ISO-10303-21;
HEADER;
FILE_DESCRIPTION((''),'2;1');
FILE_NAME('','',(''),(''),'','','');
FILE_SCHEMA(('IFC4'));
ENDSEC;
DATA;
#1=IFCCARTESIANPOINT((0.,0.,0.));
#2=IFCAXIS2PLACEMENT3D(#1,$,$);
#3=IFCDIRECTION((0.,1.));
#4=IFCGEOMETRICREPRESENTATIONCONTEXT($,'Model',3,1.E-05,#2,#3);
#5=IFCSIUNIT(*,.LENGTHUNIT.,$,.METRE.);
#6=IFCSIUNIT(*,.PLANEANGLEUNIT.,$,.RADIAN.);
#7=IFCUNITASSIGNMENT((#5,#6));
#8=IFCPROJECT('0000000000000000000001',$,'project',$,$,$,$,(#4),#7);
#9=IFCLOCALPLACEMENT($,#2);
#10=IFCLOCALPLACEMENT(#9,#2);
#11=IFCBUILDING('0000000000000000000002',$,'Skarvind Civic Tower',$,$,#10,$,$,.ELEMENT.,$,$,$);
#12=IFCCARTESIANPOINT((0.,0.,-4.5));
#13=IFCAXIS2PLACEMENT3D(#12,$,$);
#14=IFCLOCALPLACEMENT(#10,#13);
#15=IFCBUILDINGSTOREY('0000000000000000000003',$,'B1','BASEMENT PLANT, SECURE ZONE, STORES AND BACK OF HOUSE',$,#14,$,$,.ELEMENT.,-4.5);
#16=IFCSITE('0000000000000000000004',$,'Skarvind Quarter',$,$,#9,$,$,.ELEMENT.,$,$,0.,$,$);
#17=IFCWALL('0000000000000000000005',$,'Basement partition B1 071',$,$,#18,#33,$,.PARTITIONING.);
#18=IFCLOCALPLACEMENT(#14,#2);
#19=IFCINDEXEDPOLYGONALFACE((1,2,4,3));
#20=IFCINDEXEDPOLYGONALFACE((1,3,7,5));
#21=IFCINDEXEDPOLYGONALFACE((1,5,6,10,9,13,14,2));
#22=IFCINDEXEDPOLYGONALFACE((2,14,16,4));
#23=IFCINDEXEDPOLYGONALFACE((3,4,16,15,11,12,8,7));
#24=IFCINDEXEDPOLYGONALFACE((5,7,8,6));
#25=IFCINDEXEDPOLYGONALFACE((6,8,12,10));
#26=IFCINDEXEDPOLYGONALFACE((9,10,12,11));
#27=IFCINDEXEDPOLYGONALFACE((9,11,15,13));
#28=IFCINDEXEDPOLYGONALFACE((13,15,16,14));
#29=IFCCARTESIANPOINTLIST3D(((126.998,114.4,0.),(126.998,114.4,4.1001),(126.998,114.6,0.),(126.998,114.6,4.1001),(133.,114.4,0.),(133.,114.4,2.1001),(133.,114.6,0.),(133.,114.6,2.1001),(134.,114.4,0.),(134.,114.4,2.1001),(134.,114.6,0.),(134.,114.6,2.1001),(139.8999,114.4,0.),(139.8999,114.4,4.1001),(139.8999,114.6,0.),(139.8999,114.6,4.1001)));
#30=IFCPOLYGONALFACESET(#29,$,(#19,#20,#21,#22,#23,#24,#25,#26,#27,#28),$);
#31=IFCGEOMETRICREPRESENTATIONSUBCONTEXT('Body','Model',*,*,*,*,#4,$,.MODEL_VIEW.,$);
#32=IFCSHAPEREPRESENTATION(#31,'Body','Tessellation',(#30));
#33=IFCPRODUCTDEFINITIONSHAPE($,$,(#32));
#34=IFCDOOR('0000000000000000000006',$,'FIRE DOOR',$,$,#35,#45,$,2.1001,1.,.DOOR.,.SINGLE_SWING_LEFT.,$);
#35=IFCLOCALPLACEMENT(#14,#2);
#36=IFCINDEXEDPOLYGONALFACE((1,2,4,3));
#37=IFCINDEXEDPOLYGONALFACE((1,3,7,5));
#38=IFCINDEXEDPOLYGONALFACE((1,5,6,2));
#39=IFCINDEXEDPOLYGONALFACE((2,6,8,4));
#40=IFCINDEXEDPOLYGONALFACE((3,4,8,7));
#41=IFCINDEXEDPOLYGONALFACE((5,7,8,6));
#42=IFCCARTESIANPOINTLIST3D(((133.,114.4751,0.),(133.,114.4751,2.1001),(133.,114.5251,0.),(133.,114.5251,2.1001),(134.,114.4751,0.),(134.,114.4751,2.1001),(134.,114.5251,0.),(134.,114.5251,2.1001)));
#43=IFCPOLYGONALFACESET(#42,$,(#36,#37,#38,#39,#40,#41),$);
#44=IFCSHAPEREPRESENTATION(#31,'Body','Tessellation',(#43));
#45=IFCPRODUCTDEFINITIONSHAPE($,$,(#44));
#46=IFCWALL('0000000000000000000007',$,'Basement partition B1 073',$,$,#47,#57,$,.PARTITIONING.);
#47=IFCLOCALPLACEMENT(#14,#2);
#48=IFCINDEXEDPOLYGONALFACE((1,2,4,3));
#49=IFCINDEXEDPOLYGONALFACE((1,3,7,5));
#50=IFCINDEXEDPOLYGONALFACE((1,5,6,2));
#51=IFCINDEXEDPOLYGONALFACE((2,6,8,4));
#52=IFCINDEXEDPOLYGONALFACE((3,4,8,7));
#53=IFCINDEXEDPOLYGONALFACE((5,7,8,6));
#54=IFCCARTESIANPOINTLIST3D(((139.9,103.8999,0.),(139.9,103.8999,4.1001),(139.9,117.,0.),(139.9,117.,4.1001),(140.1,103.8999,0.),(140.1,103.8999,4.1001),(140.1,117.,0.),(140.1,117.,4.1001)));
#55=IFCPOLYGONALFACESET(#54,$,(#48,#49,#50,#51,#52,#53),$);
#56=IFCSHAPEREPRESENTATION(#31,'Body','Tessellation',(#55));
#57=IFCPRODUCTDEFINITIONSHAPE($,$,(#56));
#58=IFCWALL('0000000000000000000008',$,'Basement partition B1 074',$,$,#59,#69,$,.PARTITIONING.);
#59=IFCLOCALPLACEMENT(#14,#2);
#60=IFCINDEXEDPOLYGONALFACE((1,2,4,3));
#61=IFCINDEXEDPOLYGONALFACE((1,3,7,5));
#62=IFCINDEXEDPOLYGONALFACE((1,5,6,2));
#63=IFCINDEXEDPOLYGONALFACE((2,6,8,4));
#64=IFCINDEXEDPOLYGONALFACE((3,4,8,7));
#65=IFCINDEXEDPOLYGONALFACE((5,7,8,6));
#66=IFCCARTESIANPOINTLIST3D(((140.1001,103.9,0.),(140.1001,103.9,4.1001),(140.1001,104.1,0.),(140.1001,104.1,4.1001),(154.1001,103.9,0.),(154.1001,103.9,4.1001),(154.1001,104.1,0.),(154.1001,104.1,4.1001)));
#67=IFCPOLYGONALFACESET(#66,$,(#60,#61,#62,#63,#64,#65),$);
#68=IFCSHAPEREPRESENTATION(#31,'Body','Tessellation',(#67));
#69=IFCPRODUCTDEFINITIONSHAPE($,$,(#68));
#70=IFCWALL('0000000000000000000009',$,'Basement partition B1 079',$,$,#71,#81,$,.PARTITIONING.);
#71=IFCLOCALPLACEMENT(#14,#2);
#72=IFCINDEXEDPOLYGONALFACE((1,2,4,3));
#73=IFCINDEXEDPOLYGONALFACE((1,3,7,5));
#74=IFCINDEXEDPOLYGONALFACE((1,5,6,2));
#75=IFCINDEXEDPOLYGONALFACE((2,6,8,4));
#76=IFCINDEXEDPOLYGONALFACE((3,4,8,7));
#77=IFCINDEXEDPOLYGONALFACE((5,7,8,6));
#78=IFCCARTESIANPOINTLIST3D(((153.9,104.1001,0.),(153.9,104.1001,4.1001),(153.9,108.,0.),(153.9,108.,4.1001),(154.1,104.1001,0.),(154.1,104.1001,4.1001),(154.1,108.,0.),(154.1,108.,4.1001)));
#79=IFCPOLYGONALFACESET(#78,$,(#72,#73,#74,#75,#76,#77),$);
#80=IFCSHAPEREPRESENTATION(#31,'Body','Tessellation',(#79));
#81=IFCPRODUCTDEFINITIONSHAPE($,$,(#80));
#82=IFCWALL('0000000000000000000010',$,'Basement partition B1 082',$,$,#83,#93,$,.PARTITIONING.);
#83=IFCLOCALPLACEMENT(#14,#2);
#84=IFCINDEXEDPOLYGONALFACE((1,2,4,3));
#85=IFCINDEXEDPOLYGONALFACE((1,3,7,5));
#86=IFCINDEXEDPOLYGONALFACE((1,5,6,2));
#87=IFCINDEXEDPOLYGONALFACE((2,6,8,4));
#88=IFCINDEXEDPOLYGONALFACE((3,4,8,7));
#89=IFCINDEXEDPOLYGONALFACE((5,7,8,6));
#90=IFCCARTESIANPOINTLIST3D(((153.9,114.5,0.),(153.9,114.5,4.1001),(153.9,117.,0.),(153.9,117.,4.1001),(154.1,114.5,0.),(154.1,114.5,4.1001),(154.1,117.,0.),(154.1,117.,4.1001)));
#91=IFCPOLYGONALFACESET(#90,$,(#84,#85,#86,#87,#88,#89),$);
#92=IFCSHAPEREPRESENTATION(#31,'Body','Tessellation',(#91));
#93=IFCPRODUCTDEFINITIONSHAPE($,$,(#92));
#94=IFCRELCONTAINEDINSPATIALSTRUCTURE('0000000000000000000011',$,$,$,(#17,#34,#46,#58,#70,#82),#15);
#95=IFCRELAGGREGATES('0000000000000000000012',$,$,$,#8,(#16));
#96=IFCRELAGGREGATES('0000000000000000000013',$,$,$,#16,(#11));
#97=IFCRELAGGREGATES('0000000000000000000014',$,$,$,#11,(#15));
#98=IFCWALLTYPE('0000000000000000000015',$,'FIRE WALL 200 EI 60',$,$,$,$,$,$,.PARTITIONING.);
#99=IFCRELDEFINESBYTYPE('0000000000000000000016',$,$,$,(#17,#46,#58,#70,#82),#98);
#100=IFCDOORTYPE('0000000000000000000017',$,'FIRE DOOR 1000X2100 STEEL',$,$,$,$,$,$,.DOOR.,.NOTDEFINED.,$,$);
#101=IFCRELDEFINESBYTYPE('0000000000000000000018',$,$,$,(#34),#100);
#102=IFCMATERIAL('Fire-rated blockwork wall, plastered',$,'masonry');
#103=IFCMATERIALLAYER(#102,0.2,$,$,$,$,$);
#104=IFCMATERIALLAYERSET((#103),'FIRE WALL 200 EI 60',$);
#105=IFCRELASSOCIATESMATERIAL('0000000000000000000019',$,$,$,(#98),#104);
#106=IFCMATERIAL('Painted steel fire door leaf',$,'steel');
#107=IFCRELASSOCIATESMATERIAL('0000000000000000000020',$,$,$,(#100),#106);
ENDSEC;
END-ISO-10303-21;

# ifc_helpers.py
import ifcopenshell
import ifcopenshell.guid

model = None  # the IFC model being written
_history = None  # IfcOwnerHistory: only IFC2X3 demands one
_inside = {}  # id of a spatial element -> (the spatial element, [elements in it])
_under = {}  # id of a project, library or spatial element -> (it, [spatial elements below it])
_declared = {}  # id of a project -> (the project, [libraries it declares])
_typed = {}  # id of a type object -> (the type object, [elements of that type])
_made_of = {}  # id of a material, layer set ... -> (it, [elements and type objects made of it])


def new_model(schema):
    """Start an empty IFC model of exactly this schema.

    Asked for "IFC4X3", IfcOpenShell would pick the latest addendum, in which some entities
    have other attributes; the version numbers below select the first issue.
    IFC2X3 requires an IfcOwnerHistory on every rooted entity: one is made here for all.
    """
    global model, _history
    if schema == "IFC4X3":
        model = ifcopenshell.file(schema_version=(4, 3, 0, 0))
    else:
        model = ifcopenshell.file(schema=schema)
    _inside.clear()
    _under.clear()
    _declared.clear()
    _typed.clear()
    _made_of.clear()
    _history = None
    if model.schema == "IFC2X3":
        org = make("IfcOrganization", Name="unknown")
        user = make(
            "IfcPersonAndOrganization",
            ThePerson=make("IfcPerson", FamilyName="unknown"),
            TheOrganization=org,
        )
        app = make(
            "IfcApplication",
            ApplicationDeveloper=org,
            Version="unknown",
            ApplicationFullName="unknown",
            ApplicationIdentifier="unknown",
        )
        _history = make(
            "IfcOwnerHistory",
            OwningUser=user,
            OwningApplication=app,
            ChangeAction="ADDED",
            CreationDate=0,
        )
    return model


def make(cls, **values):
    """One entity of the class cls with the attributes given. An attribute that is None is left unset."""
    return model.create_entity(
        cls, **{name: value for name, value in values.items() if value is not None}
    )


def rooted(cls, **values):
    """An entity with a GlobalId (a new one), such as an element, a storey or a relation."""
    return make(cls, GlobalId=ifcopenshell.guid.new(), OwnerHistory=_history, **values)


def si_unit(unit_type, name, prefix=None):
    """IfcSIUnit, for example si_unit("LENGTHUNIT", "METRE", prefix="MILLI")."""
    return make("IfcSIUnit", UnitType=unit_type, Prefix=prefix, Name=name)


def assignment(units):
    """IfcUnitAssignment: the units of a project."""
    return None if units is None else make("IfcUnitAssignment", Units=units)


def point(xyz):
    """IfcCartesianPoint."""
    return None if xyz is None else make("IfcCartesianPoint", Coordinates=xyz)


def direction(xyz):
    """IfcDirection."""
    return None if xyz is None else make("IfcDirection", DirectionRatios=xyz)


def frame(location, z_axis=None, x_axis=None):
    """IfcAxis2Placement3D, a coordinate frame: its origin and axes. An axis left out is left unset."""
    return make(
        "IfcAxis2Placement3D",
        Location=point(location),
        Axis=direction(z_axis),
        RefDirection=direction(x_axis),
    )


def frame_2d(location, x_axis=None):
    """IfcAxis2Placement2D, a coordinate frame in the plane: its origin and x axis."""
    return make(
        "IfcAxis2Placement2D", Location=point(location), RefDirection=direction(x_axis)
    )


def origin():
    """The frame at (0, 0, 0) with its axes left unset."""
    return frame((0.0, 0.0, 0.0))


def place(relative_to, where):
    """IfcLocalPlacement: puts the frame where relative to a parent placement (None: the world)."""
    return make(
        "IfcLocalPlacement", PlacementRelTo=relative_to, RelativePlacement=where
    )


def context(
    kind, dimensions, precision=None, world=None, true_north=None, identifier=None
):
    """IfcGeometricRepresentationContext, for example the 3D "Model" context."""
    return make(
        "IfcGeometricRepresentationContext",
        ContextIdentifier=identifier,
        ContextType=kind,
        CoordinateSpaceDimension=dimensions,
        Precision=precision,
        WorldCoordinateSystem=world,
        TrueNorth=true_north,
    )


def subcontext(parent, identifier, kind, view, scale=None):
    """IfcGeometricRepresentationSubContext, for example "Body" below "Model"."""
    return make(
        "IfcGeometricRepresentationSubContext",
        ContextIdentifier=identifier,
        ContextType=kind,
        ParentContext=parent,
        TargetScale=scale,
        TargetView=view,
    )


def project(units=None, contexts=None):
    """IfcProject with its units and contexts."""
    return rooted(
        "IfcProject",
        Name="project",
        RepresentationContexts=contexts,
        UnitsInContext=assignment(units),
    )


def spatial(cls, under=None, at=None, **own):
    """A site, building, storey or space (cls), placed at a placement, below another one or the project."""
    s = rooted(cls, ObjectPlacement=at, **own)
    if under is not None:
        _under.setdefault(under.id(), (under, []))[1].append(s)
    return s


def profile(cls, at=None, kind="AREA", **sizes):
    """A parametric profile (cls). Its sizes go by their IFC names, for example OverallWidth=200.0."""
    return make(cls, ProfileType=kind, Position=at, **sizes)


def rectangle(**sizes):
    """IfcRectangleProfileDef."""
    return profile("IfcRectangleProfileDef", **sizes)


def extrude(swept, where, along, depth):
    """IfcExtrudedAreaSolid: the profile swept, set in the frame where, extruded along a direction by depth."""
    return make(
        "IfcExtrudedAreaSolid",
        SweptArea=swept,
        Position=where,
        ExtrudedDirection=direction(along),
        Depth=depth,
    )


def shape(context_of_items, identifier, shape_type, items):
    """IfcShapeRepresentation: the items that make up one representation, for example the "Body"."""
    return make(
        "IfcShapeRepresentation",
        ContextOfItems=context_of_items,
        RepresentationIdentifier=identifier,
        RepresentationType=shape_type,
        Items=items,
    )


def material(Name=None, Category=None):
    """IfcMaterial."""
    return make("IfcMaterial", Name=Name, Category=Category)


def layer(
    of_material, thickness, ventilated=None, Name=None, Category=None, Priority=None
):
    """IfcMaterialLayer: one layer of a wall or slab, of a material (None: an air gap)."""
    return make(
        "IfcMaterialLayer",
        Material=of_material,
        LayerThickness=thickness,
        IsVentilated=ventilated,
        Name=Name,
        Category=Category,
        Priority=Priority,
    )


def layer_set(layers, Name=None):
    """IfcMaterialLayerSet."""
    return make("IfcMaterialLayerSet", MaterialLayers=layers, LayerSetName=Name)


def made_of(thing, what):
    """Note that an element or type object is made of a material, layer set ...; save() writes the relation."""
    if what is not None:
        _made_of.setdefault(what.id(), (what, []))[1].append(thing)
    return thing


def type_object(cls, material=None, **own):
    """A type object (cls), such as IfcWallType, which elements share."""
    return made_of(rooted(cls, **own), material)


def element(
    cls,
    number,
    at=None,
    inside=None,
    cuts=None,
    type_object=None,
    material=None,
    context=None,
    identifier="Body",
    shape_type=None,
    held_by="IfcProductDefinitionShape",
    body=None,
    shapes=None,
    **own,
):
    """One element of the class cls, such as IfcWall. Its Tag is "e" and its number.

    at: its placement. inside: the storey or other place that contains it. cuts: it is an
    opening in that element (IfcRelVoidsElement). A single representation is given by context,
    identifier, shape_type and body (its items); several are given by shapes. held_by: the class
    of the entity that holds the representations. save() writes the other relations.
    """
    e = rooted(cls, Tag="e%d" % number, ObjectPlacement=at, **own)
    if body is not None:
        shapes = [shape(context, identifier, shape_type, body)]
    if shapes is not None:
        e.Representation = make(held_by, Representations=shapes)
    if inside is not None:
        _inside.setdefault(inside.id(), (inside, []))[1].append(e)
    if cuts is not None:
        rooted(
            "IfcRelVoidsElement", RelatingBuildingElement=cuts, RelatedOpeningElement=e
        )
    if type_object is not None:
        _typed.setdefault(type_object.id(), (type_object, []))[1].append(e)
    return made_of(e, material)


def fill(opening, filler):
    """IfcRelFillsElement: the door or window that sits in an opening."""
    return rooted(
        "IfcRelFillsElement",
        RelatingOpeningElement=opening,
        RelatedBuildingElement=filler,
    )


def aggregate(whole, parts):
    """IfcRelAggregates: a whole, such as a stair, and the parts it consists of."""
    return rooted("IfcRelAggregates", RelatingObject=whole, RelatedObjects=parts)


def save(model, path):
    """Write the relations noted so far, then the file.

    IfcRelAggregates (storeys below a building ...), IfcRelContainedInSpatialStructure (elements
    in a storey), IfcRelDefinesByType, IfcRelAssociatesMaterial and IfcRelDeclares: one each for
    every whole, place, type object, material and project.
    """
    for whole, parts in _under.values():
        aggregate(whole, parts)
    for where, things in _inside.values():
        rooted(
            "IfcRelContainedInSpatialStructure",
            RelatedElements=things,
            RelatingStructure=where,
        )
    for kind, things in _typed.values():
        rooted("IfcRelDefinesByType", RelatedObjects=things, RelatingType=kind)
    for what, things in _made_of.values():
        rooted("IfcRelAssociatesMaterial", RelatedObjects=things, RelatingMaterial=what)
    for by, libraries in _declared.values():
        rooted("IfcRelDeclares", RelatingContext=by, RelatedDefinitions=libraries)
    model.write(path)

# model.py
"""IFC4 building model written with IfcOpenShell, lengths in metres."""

from ifc_helpers import new_model, si_unit, direction, frame, frame_2d, origin, place, context, subcontext, project, spatial, rectangle, extrude, material, layer, layer_set, type_object, element, fill, save


model = new_model("IFC4")

# Units and contexts
model_context = context("Model", 3, precision=1e-05, world=origin(), true_north=direction((0.0, 1.0)))
body_context = subcontext(model_context, "Body", "Model", "MODEL_VIEW")
ifc_project = project(units=[si_unit("LENGTHUNIT", "METRE"), si_unit("PLANEANGLEUNIT", "RADIAN")], contexts=[model_context])

# Site, building, storey
site_placement = place(None, origin())
site = spatial("IfcSite", under=ifc_project, at=site_placement, Name="Skarvind Quarter", CompositionType="ELEMENT", RefElevation=0.0)
building_placement = place(site_placement, origin())
building = spatial("IfcBuilding", under=site, at=building_placement, Name="Skarvind Civic Tower", CompositionType="ELEMENT")
storey_placement = place(building_placement, frame((0.0, 0.0, -4.5)))
storey = spatial("IfcBuildingStorey", under=building, at=storey_placement, Name="B1", Description="BASEMENT PLANT, SECURE ZONE, STORES AND BACK OF HOUSE", CompositionType="ELEMENT", Elevation=-4.5)

# Shared definitions
ifc_material_1 = material(Name="Fire-rated blockwork wall, plastered", Category="masonry")

# Wall, opening, door
ifc_layer_1 = layer(ifc_material_1, 0.2)
ifc_layer_set_1 = layer_set([ifc_layer_1], Name="FIRE WALL 200 EI 60")
wall_type_1 = type_object("IfcWallType", Name="FIRE WALL 200 EI 60", PredefinedType="PARTITIONING", material=ifc_layer_set_1)
wall_1_placement = place(storey_placement, frame((139.8999, 114.5, 0.0), z_axis=(0.0, 0.0, 1.0), x_axis=(-1.0, 0.0, 0.0)))
wall_1 = element("IfcWall", 1, at=wall_1_placement, inside=storey, type_object=wall_type_1, Name="Basement partition B1 071", PredefinedType="PARTITIONING", context=body_context, shape_type="SweptSolid", body=[
    extrude(rectangle(XDim=12.9019, YDim=0.2, at=frame_2d((6.4509, 0.0))), origin(), (0.0, 0.0, 1.0), 4.1001),
])
opening_1_placement = place(wall_1_placement, frame((5.8999, 0.0, 0.0)))
opening_1 = element("IfcOpeningElement", 2, at=opening_1_placement, cuts=wall_1, PredefinedType="OPENING", context=body_context, shape_type="SweptSolid", body=[
    extrude(rectangle(XDim=1.0, YDim=2.1001, at=frame_2d((0.5, 1.05))), frame((0.0, 0.1099, 0.0), z_axis=(0.0, -1.0, 0.0), x_axis=(1.0, 0.0, 0.0)), (0.0, 0.0, 1.0), 0.22),
])
ifc_material_2 = material(Name="Painted steel fire door leaf", Category="steel")
door_type_1 = type_object("IfcDoorType", Name="FIRE DOOR 1000X2100 STEEL", OperationType="NOTDEFINED", PredefinedType="DOOR", material=ifc_material_2)
door_1_placement = place(opening_1_placement, origin())
door_1 = element("IfcDoor", 3, at=door_1_placement, inside=storey, type_object=door_type_1, Name="FIRE DOOR", OperationType="SINGLE_SWING_LEFT", OverallHeight=2.1001, OverallWidth=1.0, PredefinedType="DOOR", context=body_context, shape_type="SweptSolid", body=[
    extrude(rectangle(XDim=1.0, YDim=2.1001, at=frame_2d((0.5, 1.05))), frame((0.0, 0.0249, 0.0), z_axis=(0.0, -1.0, 0.0), x_axis=(1.0, 0.0, 0.0)), (0.0, 0.0, 1.0), 0.05),
])
fill(opening_1, door_1)

# Walls
wall_2_placement = place(storey_placement, frame((140.0, 103.8999, 0.0), z_axis=(0.0, 0.0, 1.0), x_axis=(0.0, 1.0, 0.0)))
element("IfcWall", 4, at=wall_2_placement, inside=storey, type_object=wall_type_1, Name="Basement partition B1 073", PredefinedType="PARTITIONING", context=body_context, shape_type="SweptSolid", body=[
    extrude(rectangle(XDim=13.1001, YDim=0.2, at=frame_2d((6.55, 0.0))), origin(), (0.0, 0.0, 1.0), 4.1001),
])
wall_3_placement = place(storey_placement, frame((140.1001, 104.0, 0.0), z_axis=(0.0, 0.0, 1.0), x_axis=(1.0, 0.0, 0.0)))
element("IfcWall", 5, at=wall_3_placement, inside=storey, type_object=wall_type_1, Name="Basement partition B1 074", PredefinedType="PARTITIONING", context=body_context, shape_type="SweptSolid", body=[
    extrude(rectangle(XDim=14.0, YDim=0.2, at=frame_2d((7.0, 0.0))), origin(), (0.0, 0.0, 1.0), 4.1001),
])
wall_4_placement = place(storey_placement, frame((154.0, 104.1001, 0.0), z_axis=(0.0, 0.0, 1.0), x_axis=(0.0, 1.0, 0.0)))
element("IfcWall", 6, at=wall_4_placement, inside=storey, type_object=wall_type_1, Name="Basement partition B1 079", PredefinedType="PARTITIONING", context=body_context, shape_type="SweptSolid", body=[
    extrude(rectangle(XDim=3.8999, YDim=0.2, at=frame_2d((1.95, 0.0))), origin(), (0.0, 0.0, 1.0), 4.1001),
])
wall_5_placement = place(storey_placement, frame((154.0, 114.5, 0.0), z_axis=(0.0, 0.0, 1.0), x_axis=(0.0, 1.0, 0.0)))
element("IfcWall", 7, at=wall_5_placement, inside=storey, type_object=wall_type_1, Name="Basement partition B1 082", PredefinedType="PARTITIONING", context=body_context, shape_type="SweptSolid", body=[
    extrude(rectangle(XDim=2.5, YDim=0.2, at=frame_2d((1.25, 0.0))), origin(), (0.0, 0.0, 1.0), 4.1001),
])

save(model, "model.ifc")
